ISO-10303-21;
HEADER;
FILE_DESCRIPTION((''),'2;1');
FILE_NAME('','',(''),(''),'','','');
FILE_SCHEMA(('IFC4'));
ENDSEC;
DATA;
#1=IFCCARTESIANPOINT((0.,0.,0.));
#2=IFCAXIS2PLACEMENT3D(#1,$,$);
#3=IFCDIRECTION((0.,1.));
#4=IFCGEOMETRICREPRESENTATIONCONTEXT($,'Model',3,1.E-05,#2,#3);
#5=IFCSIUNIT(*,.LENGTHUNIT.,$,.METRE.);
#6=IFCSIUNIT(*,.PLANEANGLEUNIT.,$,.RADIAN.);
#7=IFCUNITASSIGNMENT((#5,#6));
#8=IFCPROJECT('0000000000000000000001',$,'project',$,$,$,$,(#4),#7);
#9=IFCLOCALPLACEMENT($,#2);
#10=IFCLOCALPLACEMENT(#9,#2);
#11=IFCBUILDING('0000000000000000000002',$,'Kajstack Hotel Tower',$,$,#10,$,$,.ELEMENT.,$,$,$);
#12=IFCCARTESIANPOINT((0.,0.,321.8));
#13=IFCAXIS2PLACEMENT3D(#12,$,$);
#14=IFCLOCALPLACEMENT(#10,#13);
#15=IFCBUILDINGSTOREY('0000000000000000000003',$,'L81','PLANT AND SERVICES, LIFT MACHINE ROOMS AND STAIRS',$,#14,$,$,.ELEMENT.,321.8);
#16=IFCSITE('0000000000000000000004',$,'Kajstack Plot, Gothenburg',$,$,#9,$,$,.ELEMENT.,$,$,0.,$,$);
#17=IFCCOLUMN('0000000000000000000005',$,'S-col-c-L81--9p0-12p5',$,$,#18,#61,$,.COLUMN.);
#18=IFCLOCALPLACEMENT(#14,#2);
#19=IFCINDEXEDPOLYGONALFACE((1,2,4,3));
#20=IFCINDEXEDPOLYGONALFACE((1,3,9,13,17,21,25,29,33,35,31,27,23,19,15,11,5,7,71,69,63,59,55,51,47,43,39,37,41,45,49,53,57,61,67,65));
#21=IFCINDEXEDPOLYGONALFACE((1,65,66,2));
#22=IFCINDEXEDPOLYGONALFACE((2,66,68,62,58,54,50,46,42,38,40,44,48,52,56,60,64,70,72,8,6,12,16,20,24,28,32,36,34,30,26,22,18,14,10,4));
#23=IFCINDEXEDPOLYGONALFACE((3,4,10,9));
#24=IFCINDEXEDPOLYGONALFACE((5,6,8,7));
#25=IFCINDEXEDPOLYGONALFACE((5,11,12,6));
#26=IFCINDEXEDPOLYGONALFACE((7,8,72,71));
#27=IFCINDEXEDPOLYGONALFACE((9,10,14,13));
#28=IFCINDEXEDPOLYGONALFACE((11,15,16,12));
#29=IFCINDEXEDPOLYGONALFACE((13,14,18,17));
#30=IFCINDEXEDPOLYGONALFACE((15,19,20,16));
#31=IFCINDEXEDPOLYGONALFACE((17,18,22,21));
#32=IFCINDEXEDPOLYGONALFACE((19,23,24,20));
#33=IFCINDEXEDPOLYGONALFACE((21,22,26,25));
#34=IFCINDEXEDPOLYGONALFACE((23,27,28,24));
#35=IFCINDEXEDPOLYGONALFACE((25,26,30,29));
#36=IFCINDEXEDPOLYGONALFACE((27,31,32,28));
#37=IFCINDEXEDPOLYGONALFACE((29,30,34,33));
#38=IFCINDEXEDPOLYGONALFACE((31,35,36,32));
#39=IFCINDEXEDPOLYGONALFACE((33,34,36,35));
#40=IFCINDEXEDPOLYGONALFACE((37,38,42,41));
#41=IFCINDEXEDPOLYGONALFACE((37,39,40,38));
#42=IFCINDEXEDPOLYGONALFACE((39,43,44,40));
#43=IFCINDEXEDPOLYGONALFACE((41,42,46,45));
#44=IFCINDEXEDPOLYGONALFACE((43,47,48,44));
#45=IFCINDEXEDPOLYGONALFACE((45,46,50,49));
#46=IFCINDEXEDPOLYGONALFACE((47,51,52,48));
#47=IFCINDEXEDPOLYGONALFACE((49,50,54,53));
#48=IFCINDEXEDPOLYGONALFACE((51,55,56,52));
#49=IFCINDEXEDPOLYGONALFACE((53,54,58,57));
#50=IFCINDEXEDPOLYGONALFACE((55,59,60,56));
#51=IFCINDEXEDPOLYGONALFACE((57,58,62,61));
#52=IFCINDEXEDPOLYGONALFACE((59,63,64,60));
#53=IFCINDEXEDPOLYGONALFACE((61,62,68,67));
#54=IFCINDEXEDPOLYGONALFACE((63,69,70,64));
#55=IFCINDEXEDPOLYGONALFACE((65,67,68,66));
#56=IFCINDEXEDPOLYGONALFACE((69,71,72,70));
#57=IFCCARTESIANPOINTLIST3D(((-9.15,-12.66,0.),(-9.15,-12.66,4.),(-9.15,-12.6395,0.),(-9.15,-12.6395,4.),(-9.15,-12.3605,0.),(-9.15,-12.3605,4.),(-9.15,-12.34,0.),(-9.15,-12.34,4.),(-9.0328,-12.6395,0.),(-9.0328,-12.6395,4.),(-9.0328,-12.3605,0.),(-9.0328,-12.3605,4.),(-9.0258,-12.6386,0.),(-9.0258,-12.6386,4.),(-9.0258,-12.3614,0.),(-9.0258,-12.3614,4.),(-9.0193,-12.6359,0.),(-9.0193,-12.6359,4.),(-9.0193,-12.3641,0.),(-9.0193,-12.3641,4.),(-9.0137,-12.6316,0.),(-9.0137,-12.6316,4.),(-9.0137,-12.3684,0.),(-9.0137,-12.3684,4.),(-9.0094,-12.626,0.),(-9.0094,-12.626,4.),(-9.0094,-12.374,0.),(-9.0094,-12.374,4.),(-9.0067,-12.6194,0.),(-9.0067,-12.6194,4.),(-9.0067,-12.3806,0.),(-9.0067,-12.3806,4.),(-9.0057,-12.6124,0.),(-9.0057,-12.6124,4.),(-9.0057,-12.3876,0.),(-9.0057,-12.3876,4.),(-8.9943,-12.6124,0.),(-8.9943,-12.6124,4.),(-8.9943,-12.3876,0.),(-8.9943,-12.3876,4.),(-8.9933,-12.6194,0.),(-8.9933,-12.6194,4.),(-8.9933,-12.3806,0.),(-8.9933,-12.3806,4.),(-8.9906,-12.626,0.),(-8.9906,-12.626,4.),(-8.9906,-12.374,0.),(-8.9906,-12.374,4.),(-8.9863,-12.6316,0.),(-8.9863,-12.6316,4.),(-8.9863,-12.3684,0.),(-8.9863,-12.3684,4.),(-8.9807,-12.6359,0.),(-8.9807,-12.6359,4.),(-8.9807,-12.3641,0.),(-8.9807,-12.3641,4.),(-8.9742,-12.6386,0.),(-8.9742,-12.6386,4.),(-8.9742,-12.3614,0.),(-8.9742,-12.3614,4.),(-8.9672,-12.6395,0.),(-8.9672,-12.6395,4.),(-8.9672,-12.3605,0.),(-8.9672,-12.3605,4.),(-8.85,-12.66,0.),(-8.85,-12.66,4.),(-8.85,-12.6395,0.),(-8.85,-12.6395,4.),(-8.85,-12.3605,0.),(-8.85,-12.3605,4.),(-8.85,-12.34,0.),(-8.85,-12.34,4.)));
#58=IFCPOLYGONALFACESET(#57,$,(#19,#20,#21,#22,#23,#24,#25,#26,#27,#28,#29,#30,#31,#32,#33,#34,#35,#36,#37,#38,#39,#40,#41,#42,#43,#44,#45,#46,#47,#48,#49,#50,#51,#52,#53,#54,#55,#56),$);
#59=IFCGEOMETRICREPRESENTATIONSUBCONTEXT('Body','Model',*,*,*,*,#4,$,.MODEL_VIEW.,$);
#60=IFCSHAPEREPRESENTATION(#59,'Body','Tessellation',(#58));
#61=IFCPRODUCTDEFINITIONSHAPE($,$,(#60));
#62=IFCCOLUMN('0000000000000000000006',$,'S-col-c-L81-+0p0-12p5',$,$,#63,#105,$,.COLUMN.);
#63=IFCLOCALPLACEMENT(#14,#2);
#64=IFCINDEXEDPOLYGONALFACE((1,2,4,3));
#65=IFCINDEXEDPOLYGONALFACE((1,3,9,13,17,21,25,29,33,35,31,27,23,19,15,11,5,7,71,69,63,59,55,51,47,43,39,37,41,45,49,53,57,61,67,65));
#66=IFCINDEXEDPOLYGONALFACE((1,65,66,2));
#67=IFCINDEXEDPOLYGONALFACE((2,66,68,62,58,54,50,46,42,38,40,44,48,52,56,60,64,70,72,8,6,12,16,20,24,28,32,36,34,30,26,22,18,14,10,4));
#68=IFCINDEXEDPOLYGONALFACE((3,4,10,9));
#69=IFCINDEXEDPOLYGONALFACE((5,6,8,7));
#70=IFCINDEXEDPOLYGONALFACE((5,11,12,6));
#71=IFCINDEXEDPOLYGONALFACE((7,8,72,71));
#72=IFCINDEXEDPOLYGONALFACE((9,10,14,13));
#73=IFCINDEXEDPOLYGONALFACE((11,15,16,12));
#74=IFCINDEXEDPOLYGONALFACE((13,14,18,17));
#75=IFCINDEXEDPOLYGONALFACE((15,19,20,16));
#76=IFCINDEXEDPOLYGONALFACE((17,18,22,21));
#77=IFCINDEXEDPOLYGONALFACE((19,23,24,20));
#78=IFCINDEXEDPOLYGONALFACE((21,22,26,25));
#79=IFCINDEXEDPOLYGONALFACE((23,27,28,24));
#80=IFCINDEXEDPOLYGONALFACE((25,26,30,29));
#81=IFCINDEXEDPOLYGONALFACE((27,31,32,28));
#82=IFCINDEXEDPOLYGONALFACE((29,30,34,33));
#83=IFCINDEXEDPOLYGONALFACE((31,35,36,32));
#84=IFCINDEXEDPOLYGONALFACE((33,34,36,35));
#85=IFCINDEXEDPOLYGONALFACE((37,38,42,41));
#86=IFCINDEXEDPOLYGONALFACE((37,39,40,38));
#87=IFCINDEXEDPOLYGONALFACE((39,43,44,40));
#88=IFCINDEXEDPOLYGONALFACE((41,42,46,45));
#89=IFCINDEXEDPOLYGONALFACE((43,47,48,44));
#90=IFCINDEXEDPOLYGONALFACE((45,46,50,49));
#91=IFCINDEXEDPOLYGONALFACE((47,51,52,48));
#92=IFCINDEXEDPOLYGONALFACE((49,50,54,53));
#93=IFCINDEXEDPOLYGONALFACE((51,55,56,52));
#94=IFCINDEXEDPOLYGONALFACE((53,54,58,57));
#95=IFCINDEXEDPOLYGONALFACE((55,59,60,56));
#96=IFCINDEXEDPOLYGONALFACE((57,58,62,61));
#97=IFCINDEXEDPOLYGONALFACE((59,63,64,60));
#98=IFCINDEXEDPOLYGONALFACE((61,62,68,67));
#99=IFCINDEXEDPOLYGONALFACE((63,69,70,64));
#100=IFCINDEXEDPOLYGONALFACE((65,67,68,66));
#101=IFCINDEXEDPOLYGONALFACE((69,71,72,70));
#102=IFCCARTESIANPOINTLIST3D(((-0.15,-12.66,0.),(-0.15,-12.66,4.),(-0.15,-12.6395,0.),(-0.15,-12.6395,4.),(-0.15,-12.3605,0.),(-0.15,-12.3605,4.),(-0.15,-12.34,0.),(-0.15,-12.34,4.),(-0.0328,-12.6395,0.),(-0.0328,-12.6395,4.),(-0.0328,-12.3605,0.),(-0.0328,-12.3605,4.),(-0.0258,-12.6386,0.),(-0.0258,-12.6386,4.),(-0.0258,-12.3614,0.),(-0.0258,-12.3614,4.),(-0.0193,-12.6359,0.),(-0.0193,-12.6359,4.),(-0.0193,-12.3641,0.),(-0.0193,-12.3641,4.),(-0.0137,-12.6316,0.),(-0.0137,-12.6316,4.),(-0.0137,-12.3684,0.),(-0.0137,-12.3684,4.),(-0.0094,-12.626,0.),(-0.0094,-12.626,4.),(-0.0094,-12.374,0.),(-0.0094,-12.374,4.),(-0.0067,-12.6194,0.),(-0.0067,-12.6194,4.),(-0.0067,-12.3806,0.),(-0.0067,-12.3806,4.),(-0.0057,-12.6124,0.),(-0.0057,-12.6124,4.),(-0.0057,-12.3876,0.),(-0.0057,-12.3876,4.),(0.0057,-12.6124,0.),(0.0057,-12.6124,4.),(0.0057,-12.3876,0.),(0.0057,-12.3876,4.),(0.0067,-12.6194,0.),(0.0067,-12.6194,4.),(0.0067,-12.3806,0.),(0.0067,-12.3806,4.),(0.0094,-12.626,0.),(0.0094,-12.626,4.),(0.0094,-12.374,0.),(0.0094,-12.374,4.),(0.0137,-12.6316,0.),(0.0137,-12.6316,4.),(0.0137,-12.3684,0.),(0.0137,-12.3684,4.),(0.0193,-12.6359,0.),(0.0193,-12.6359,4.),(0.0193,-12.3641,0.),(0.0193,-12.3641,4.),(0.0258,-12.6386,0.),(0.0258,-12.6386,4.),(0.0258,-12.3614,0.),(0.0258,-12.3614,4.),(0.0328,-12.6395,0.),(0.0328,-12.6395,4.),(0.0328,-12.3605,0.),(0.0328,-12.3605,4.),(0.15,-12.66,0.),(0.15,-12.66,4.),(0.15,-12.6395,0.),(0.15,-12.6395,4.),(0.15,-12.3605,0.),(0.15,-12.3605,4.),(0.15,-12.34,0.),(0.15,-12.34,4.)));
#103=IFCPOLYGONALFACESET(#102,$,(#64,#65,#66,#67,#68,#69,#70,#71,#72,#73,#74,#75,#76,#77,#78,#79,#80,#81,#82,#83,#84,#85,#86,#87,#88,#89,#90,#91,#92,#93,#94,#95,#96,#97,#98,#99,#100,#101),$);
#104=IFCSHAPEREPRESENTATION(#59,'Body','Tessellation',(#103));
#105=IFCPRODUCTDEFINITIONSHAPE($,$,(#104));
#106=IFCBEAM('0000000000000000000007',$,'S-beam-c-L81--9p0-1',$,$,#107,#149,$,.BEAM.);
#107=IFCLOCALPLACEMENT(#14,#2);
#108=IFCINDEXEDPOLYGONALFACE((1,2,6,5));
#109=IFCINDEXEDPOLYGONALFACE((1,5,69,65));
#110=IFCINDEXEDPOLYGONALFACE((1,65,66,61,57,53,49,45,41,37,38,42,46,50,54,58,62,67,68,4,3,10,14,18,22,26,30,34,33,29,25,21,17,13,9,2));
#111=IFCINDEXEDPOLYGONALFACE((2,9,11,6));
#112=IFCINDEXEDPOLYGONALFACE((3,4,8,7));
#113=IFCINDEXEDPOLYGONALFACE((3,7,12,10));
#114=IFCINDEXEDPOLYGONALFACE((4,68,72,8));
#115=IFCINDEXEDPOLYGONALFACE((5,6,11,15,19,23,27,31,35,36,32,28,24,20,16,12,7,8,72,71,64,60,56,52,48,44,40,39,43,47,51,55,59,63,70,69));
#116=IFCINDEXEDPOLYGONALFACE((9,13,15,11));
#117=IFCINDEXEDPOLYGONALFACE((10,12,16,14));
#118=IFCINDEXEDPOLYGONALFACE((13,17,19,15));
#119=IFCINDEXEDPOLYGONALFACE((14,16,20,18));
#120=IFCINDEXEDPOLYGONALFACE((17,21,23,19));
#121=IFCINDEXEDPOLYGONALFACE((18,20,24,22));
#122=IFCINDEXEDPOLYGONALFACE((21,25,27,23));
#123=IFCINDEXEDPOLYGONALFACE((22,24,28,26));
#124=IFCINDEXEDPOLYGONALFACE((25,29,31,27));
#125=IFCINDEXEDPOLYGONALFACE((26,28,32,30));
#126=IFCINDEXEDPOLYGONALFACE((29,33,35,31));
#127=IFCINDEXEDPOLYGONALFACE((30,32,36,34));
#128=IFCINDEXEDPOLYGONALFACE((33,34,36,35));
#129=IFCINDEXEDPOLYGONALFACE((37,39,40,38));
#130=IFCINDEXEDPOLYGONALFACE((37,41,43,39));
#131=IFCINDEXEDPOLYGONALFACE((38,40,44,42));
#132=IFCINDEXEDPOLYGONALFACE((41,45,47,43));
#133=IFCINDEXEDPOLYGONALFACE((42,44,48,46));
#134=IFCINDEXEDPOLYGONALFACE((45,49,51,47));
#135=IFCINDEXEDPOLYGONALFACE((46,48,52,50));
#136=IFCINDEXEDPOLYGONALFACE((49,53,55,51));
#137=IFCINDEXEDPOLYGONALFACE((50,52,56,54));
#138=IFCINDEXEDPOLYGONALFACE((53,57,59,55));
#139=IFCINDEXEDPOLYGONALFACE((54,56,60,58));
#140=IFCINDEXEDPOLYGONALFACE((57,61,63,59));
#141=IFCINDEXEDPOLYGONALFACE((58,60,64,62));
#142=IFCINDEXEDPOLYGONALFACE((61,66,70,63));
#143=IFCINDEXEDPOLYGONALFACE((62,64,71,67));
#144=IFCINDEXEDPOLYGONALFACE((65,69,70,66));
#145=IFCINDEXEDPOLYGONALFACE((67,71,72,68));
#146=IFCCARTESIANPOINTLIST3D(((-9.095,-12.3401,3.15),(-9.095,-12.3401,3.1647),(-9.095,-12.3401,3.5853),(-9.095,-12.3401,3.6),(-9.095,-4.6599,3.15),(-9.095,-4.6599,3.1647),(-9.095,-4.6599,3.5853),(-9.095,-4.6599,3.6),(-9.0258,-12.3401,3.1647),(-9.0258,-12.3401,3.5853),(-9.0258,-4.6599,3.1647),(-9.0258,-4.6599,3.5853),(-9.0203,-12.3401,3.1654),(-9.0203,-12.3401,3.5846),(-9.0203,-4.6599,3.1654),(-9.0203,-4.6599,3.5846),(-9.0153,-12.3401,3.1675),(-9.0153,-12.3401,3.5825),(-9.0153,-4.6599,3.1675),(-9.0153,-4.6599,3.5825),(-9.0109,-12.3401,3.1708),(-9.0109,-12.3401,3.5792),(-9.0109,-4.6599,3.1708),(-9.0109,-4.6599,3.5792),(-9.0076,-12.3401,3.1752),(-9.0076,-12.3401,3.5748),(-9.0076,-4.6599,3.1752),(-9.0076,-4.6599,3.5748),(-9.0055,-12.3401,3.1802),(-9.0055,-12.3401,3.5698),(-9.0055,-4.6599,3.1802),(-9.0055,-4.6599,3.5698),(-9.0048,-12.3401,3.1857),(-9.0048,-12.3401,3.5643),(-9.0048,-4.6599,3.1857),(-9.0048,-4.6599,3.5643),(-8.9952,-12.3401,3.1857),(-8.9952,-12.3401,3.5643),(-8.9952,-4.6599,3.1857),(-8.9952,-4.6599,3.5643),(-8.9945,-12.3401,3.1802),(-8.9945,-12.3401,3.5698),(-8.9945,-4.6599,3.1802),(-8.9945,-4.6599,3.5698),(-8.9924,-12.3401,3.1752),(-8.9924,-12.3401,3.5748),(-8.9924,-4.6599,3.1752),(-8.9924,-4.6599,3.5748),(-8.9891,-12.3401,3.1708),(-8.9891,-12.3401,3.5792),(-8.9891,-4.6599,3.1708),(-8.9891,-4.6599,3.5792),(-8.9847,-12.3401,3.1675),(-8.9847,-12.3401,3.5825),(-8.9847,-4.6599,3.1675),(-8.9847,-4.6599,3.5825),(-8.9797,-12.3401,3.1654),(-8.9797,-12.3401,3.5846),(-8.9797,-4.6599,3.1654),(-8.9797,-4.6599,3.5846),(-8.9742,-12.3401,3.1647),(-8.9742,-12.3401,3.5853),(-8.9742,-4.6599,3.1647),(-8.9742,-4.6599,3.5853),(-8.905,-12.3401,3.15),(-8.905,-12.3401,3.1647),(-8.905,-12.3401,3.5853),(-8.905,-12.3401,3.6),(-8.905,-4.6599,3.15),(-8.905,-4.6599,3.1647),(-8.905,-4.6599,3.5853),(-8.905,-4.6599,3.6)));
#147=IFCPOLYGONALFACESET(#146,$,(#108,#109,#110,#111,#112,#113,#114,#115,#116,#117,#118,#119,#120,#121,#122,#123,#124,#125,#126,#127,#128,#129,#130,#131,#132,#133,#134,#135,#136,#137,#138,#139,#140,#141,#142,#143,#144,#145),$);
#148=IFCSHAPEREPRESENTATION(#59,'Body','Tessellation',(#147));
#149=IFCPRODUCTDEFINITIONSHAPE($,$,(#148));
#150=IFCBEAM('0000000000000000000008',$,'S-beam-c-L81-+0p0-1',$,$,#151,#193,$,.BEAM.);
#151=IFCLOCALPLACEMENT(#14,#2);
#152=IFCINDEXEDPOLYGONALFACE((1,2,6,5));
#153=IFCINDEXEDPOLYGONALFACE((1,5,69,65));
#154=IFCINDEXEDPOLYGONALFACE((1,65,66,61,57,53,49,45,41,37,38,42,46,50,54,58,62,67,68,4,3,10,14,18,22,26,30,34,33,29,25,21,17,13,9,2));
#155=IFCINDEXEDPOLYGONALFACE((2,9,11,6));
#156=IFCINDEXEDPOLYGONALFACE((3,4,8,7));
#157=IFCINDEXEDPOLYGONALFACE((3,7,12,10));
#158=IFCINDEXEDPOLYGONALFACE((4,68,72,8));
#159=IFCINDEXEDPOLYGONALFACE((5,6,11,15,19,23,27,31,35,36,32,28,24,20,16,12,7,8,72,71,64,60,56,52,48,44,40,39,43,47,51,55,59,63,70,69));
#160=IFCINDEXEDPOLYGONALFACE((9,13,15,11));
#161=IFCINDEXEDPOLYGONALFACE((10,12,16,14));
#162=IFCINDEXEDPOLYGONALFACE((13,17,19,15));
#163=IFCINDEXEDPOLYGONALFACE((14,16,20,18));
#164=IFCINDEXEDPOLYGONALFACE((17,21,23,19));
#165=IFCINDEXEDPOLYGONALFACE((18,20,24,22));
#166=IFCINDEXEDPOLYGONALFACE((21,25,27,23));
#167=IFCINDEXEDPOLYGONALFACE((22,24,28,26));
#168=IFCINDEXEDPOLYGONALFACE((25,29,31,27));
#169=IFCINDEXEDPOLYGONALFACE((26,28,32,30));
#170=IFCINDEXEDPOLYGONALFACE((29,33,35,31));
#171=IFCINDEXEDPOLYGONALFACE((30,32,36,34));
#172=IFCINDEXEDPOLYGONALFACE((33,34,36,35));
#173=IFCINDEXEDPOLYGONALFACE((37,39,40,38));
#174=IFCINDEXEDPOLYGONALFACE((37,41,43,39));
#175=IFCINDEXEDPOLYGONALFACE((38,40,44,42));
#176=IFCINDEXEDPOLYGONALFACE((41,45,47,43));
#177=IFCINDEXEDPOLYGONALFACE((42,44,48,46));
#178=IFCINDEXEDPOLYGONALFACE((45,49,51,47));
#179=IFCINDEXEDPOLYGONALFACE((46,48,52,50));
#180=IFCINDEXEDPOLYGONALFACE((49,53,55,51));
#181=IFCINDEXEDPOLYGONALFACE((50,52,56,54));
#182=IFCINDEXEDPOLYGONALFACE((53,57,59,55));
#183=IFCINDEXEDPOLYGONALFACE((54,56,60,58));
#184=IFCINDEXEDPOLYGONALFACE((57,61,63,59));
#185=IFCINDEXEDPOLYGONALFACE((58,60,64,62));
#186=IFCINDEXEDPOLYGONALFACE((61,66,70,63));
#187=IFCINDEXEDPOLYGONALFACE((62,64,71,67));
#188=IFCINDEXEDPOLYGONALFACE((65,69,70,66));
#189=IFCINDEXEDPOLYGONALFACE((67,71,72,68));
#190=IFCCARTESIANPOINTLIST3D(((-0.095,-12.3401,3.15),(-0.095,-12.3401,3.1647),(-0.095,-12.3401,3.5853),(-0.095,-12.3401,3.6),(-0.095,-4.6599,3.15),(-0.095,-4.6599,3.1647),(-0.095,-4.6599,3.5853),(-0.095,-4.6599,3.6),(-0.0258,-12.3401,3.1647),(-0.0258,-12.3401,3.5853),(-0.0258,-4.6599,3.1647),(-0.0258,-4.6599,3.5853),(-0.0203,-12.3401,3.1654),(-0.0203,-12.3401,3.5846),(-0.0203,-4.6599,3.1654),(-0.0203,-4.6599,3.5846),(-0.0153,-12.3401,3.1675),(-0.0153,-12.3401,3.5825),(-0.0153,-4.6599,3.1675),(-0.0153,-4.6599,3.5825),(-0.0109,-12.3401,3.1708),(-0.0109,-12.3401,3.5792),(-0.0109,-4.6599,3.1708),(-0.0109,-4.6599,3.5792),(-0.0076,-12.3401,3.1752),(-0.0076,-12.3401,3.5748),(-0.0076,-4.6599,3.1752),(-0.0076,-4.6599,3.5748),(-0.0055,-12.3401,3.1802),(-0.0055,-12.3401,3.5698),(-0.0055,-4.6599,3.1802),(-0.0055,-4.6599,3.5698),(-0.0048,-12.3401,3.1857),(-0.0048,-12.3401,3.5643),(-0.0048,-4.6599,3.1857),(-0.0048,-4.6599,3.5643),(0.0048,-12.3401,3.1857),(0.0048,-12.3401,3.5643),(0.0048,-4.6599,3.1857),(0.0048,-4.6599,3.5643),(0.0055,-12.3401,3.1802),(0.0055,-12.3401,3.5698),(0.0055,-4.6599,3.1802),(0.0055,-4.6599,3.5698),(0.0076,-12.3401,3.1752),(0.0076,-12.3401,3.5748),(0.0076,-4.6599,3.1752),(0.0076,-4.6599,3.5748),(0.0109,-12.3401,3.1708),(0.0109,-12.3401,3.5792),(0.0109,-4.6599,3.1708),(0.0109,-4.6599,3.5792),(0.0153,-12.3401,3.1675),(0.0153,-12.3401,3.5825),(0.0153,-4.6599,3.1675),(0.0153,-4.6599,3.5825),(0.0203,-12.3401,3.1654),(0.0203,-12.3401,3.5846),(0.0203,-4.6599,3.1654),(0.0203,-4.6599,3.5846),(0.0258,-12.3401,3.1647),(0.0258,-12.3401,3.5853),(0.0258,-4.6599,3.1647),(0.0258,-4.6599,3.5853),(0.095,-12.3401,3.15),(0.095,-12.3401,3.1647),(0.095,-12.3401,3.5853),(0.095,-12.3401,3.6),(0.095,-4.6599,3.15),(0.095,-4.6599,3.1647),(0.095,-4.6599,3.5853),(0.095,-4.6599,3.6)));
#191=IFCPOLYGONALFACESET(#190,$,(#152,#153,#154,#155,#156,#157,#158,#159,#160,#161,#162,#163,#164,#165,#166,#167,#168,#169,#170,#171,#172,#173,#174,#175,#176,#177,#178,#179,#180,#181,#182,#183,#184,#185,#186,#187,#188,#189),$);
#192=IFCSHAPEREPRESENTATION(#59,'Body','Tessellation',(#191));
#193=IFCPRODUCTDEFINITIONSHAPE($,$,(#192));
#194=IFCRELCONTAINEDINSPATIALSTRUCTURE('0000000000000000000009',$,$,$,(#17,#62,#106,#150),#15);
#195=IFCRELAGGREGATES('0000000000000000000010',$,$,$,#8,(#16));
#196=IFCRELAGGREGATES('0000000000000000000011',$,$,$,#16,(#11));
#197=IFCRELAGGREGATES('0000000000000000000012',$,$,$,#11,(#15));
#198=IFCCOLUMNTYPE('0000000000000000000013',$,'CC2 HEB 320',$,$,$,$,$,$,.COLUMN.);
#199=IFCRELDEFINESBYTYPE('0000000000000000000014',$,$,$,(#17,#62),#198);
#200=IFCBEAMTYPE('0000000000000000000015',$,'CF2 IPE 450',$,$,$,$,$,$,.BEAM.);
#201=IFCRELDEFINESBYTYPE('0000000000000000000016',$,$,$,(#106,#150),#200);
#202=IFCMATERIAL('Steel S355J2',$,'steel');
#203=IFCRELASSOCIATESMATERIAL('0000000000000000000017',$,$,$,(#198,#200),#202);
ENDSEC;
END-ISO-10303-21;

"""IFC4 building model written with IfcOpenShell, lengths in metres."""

from ifc_helpers import new_model, si_unit, direction, frame, origin, origin_2d, place, context, subcontext, project, spatial, i_section, extrude, material, material_profile, profile_set, type_object, element, save


model = new_model("IFC4")

# Units and contexts
model_context = context("Model", 3, precision=1e-05, world=origin(), true_north=direction((0.0, 1.0)))
body_context = subcontext(model_context, "Body", "Model", "MODEL_VIEW")
ifc_project = project(units=[si_unit("LENGTHUNIT", "METRE"), si_unit("PLANEANGLEUNIT", "RADIAN")], contexts=[model_context])

# Site, building, storey
site_placement = place(None, origin())
site = spatial("IfcSite", under=ifc_project, at=site_placement, Name="Kajstack Plot, Gothenburg", CompositionType="ELEMENT", RefElevation=0.0)
building_placement = place(site_placement, origin())
building = spatial("IfcBuilding", under=site, at=building_placement, Name="Kajstack Hotel Tower", CompositionType="ELEMENT")
storey_placement = place(building_placement, frame((0.0, 0.0, 321.8)))
storey = spatial("IfcBuildingStorey", under=building, at=storey_placement, Name="L81", Description="PLANT AND SERVICES, LIFT MACHINE ROOMS AND STAIRS", CompositionType="ELEMENT", Elevation=321.8)

# Columns
ifc_material_1 = material(Name="Steel S355J2", Category="steel")
ifc_material_profile_1 = material_profile(ifc_material_1, i_section(OverallWidth=0.3, OverallDepth=0.3201, WebThickness=0.0115, FlangeThickness=0.0205, FilletRadius=0.0271, at=origin_2d()), Name="HEB 320")
ifc_profile_set_1 = profile_set([ifc_material_profile_1], Name="Steel S355J2")
column_type = type_object("IfcColumnType", Name="CC2 HEB 320", PredefinedType="COLUMN", material=ifc_profile_set_1)
for number, where, z_axis, x_axis, name in (
    (1, (-9.0, -12.5, 0.0), (0.0, 0.0, 1.0), (1.0, 0.0, 0.0), "S-col-c-L81--9p0-12p5"),
    (2, (0.0, -12.5, 0.0), (0.0, 0.0, 1.0), (1.0, 0.0, 0.0), "S-col-c-L81-+0p0-12p5"),
):
    element("IfcColumn", number, at=place(storey_placement, frame(where, z_axis=z_axis, x_axis=x_axis)), inside=storey, type_object=column_type, Name=name, PredefinedType="COLUMN", context=body_context, shape_type="SweptSolid", body=[
        extrude(i_section(OverallWidth=0.3, OverallDepth=0.3201, WebThickness=0.0115, FlangeThickness=0.0205, FilletRadius=0.0271, at=origin_2d()), origin(), (0.0, 0.0, 1.0), 4.0),
    ])

# Beams
ifc_material_profile_2 = material_profile(ifc_material_1, i_section(OverallWidth=0.1899, OverallDepth=0.45, WebThickness=0.0095, FlangeThickness=0.0146, FilletRadius=0.021, at=origin_2d()), Name="IPE 450")
ifc_profile_set_2 = profile_set([ifc_material_profile_2], Name="Steel S355J2")
beam_type = type_object("IfcBeamType", Name="CF2 IPE 450", PredefinedType="BEAM", material=ifc_profile_set_2)
for number, where, z_axis, x_axis, name in (
    (3, (-9.0, -12.3401, 3.375), (0.0, 1.0, 0.0), (-1.0, 0.0, 0.0), "S-beam-c-L81--9p0-1"),
    (4, (0.0, -12.3401, 3.375), (0.0, 1.0, 0.0), (-1.0, 0.0, 0.0), "S-beam-c-L81-+0p0-1"),
):
    element("IfcBeam", number, at=place(storey_placement, frame(where, z_axis=z_axis, x_axis=x_axis)), inside=storey, type_object=beam_type, Name=name, PredefinedType="BEAM", context=body_context, shape_type="SweptSolid", body=[
        extrude(i_section(OverallWidth=0.1899, OverallDepth=0.45, WebThickness=0.0095, FlangeThickness=0.0146, FilletRadius=0.021, at=origin_2d()), origin(), (0.0, 0.0, 1.0), 7.6802),
    ])

save(model, "model.ifc")
